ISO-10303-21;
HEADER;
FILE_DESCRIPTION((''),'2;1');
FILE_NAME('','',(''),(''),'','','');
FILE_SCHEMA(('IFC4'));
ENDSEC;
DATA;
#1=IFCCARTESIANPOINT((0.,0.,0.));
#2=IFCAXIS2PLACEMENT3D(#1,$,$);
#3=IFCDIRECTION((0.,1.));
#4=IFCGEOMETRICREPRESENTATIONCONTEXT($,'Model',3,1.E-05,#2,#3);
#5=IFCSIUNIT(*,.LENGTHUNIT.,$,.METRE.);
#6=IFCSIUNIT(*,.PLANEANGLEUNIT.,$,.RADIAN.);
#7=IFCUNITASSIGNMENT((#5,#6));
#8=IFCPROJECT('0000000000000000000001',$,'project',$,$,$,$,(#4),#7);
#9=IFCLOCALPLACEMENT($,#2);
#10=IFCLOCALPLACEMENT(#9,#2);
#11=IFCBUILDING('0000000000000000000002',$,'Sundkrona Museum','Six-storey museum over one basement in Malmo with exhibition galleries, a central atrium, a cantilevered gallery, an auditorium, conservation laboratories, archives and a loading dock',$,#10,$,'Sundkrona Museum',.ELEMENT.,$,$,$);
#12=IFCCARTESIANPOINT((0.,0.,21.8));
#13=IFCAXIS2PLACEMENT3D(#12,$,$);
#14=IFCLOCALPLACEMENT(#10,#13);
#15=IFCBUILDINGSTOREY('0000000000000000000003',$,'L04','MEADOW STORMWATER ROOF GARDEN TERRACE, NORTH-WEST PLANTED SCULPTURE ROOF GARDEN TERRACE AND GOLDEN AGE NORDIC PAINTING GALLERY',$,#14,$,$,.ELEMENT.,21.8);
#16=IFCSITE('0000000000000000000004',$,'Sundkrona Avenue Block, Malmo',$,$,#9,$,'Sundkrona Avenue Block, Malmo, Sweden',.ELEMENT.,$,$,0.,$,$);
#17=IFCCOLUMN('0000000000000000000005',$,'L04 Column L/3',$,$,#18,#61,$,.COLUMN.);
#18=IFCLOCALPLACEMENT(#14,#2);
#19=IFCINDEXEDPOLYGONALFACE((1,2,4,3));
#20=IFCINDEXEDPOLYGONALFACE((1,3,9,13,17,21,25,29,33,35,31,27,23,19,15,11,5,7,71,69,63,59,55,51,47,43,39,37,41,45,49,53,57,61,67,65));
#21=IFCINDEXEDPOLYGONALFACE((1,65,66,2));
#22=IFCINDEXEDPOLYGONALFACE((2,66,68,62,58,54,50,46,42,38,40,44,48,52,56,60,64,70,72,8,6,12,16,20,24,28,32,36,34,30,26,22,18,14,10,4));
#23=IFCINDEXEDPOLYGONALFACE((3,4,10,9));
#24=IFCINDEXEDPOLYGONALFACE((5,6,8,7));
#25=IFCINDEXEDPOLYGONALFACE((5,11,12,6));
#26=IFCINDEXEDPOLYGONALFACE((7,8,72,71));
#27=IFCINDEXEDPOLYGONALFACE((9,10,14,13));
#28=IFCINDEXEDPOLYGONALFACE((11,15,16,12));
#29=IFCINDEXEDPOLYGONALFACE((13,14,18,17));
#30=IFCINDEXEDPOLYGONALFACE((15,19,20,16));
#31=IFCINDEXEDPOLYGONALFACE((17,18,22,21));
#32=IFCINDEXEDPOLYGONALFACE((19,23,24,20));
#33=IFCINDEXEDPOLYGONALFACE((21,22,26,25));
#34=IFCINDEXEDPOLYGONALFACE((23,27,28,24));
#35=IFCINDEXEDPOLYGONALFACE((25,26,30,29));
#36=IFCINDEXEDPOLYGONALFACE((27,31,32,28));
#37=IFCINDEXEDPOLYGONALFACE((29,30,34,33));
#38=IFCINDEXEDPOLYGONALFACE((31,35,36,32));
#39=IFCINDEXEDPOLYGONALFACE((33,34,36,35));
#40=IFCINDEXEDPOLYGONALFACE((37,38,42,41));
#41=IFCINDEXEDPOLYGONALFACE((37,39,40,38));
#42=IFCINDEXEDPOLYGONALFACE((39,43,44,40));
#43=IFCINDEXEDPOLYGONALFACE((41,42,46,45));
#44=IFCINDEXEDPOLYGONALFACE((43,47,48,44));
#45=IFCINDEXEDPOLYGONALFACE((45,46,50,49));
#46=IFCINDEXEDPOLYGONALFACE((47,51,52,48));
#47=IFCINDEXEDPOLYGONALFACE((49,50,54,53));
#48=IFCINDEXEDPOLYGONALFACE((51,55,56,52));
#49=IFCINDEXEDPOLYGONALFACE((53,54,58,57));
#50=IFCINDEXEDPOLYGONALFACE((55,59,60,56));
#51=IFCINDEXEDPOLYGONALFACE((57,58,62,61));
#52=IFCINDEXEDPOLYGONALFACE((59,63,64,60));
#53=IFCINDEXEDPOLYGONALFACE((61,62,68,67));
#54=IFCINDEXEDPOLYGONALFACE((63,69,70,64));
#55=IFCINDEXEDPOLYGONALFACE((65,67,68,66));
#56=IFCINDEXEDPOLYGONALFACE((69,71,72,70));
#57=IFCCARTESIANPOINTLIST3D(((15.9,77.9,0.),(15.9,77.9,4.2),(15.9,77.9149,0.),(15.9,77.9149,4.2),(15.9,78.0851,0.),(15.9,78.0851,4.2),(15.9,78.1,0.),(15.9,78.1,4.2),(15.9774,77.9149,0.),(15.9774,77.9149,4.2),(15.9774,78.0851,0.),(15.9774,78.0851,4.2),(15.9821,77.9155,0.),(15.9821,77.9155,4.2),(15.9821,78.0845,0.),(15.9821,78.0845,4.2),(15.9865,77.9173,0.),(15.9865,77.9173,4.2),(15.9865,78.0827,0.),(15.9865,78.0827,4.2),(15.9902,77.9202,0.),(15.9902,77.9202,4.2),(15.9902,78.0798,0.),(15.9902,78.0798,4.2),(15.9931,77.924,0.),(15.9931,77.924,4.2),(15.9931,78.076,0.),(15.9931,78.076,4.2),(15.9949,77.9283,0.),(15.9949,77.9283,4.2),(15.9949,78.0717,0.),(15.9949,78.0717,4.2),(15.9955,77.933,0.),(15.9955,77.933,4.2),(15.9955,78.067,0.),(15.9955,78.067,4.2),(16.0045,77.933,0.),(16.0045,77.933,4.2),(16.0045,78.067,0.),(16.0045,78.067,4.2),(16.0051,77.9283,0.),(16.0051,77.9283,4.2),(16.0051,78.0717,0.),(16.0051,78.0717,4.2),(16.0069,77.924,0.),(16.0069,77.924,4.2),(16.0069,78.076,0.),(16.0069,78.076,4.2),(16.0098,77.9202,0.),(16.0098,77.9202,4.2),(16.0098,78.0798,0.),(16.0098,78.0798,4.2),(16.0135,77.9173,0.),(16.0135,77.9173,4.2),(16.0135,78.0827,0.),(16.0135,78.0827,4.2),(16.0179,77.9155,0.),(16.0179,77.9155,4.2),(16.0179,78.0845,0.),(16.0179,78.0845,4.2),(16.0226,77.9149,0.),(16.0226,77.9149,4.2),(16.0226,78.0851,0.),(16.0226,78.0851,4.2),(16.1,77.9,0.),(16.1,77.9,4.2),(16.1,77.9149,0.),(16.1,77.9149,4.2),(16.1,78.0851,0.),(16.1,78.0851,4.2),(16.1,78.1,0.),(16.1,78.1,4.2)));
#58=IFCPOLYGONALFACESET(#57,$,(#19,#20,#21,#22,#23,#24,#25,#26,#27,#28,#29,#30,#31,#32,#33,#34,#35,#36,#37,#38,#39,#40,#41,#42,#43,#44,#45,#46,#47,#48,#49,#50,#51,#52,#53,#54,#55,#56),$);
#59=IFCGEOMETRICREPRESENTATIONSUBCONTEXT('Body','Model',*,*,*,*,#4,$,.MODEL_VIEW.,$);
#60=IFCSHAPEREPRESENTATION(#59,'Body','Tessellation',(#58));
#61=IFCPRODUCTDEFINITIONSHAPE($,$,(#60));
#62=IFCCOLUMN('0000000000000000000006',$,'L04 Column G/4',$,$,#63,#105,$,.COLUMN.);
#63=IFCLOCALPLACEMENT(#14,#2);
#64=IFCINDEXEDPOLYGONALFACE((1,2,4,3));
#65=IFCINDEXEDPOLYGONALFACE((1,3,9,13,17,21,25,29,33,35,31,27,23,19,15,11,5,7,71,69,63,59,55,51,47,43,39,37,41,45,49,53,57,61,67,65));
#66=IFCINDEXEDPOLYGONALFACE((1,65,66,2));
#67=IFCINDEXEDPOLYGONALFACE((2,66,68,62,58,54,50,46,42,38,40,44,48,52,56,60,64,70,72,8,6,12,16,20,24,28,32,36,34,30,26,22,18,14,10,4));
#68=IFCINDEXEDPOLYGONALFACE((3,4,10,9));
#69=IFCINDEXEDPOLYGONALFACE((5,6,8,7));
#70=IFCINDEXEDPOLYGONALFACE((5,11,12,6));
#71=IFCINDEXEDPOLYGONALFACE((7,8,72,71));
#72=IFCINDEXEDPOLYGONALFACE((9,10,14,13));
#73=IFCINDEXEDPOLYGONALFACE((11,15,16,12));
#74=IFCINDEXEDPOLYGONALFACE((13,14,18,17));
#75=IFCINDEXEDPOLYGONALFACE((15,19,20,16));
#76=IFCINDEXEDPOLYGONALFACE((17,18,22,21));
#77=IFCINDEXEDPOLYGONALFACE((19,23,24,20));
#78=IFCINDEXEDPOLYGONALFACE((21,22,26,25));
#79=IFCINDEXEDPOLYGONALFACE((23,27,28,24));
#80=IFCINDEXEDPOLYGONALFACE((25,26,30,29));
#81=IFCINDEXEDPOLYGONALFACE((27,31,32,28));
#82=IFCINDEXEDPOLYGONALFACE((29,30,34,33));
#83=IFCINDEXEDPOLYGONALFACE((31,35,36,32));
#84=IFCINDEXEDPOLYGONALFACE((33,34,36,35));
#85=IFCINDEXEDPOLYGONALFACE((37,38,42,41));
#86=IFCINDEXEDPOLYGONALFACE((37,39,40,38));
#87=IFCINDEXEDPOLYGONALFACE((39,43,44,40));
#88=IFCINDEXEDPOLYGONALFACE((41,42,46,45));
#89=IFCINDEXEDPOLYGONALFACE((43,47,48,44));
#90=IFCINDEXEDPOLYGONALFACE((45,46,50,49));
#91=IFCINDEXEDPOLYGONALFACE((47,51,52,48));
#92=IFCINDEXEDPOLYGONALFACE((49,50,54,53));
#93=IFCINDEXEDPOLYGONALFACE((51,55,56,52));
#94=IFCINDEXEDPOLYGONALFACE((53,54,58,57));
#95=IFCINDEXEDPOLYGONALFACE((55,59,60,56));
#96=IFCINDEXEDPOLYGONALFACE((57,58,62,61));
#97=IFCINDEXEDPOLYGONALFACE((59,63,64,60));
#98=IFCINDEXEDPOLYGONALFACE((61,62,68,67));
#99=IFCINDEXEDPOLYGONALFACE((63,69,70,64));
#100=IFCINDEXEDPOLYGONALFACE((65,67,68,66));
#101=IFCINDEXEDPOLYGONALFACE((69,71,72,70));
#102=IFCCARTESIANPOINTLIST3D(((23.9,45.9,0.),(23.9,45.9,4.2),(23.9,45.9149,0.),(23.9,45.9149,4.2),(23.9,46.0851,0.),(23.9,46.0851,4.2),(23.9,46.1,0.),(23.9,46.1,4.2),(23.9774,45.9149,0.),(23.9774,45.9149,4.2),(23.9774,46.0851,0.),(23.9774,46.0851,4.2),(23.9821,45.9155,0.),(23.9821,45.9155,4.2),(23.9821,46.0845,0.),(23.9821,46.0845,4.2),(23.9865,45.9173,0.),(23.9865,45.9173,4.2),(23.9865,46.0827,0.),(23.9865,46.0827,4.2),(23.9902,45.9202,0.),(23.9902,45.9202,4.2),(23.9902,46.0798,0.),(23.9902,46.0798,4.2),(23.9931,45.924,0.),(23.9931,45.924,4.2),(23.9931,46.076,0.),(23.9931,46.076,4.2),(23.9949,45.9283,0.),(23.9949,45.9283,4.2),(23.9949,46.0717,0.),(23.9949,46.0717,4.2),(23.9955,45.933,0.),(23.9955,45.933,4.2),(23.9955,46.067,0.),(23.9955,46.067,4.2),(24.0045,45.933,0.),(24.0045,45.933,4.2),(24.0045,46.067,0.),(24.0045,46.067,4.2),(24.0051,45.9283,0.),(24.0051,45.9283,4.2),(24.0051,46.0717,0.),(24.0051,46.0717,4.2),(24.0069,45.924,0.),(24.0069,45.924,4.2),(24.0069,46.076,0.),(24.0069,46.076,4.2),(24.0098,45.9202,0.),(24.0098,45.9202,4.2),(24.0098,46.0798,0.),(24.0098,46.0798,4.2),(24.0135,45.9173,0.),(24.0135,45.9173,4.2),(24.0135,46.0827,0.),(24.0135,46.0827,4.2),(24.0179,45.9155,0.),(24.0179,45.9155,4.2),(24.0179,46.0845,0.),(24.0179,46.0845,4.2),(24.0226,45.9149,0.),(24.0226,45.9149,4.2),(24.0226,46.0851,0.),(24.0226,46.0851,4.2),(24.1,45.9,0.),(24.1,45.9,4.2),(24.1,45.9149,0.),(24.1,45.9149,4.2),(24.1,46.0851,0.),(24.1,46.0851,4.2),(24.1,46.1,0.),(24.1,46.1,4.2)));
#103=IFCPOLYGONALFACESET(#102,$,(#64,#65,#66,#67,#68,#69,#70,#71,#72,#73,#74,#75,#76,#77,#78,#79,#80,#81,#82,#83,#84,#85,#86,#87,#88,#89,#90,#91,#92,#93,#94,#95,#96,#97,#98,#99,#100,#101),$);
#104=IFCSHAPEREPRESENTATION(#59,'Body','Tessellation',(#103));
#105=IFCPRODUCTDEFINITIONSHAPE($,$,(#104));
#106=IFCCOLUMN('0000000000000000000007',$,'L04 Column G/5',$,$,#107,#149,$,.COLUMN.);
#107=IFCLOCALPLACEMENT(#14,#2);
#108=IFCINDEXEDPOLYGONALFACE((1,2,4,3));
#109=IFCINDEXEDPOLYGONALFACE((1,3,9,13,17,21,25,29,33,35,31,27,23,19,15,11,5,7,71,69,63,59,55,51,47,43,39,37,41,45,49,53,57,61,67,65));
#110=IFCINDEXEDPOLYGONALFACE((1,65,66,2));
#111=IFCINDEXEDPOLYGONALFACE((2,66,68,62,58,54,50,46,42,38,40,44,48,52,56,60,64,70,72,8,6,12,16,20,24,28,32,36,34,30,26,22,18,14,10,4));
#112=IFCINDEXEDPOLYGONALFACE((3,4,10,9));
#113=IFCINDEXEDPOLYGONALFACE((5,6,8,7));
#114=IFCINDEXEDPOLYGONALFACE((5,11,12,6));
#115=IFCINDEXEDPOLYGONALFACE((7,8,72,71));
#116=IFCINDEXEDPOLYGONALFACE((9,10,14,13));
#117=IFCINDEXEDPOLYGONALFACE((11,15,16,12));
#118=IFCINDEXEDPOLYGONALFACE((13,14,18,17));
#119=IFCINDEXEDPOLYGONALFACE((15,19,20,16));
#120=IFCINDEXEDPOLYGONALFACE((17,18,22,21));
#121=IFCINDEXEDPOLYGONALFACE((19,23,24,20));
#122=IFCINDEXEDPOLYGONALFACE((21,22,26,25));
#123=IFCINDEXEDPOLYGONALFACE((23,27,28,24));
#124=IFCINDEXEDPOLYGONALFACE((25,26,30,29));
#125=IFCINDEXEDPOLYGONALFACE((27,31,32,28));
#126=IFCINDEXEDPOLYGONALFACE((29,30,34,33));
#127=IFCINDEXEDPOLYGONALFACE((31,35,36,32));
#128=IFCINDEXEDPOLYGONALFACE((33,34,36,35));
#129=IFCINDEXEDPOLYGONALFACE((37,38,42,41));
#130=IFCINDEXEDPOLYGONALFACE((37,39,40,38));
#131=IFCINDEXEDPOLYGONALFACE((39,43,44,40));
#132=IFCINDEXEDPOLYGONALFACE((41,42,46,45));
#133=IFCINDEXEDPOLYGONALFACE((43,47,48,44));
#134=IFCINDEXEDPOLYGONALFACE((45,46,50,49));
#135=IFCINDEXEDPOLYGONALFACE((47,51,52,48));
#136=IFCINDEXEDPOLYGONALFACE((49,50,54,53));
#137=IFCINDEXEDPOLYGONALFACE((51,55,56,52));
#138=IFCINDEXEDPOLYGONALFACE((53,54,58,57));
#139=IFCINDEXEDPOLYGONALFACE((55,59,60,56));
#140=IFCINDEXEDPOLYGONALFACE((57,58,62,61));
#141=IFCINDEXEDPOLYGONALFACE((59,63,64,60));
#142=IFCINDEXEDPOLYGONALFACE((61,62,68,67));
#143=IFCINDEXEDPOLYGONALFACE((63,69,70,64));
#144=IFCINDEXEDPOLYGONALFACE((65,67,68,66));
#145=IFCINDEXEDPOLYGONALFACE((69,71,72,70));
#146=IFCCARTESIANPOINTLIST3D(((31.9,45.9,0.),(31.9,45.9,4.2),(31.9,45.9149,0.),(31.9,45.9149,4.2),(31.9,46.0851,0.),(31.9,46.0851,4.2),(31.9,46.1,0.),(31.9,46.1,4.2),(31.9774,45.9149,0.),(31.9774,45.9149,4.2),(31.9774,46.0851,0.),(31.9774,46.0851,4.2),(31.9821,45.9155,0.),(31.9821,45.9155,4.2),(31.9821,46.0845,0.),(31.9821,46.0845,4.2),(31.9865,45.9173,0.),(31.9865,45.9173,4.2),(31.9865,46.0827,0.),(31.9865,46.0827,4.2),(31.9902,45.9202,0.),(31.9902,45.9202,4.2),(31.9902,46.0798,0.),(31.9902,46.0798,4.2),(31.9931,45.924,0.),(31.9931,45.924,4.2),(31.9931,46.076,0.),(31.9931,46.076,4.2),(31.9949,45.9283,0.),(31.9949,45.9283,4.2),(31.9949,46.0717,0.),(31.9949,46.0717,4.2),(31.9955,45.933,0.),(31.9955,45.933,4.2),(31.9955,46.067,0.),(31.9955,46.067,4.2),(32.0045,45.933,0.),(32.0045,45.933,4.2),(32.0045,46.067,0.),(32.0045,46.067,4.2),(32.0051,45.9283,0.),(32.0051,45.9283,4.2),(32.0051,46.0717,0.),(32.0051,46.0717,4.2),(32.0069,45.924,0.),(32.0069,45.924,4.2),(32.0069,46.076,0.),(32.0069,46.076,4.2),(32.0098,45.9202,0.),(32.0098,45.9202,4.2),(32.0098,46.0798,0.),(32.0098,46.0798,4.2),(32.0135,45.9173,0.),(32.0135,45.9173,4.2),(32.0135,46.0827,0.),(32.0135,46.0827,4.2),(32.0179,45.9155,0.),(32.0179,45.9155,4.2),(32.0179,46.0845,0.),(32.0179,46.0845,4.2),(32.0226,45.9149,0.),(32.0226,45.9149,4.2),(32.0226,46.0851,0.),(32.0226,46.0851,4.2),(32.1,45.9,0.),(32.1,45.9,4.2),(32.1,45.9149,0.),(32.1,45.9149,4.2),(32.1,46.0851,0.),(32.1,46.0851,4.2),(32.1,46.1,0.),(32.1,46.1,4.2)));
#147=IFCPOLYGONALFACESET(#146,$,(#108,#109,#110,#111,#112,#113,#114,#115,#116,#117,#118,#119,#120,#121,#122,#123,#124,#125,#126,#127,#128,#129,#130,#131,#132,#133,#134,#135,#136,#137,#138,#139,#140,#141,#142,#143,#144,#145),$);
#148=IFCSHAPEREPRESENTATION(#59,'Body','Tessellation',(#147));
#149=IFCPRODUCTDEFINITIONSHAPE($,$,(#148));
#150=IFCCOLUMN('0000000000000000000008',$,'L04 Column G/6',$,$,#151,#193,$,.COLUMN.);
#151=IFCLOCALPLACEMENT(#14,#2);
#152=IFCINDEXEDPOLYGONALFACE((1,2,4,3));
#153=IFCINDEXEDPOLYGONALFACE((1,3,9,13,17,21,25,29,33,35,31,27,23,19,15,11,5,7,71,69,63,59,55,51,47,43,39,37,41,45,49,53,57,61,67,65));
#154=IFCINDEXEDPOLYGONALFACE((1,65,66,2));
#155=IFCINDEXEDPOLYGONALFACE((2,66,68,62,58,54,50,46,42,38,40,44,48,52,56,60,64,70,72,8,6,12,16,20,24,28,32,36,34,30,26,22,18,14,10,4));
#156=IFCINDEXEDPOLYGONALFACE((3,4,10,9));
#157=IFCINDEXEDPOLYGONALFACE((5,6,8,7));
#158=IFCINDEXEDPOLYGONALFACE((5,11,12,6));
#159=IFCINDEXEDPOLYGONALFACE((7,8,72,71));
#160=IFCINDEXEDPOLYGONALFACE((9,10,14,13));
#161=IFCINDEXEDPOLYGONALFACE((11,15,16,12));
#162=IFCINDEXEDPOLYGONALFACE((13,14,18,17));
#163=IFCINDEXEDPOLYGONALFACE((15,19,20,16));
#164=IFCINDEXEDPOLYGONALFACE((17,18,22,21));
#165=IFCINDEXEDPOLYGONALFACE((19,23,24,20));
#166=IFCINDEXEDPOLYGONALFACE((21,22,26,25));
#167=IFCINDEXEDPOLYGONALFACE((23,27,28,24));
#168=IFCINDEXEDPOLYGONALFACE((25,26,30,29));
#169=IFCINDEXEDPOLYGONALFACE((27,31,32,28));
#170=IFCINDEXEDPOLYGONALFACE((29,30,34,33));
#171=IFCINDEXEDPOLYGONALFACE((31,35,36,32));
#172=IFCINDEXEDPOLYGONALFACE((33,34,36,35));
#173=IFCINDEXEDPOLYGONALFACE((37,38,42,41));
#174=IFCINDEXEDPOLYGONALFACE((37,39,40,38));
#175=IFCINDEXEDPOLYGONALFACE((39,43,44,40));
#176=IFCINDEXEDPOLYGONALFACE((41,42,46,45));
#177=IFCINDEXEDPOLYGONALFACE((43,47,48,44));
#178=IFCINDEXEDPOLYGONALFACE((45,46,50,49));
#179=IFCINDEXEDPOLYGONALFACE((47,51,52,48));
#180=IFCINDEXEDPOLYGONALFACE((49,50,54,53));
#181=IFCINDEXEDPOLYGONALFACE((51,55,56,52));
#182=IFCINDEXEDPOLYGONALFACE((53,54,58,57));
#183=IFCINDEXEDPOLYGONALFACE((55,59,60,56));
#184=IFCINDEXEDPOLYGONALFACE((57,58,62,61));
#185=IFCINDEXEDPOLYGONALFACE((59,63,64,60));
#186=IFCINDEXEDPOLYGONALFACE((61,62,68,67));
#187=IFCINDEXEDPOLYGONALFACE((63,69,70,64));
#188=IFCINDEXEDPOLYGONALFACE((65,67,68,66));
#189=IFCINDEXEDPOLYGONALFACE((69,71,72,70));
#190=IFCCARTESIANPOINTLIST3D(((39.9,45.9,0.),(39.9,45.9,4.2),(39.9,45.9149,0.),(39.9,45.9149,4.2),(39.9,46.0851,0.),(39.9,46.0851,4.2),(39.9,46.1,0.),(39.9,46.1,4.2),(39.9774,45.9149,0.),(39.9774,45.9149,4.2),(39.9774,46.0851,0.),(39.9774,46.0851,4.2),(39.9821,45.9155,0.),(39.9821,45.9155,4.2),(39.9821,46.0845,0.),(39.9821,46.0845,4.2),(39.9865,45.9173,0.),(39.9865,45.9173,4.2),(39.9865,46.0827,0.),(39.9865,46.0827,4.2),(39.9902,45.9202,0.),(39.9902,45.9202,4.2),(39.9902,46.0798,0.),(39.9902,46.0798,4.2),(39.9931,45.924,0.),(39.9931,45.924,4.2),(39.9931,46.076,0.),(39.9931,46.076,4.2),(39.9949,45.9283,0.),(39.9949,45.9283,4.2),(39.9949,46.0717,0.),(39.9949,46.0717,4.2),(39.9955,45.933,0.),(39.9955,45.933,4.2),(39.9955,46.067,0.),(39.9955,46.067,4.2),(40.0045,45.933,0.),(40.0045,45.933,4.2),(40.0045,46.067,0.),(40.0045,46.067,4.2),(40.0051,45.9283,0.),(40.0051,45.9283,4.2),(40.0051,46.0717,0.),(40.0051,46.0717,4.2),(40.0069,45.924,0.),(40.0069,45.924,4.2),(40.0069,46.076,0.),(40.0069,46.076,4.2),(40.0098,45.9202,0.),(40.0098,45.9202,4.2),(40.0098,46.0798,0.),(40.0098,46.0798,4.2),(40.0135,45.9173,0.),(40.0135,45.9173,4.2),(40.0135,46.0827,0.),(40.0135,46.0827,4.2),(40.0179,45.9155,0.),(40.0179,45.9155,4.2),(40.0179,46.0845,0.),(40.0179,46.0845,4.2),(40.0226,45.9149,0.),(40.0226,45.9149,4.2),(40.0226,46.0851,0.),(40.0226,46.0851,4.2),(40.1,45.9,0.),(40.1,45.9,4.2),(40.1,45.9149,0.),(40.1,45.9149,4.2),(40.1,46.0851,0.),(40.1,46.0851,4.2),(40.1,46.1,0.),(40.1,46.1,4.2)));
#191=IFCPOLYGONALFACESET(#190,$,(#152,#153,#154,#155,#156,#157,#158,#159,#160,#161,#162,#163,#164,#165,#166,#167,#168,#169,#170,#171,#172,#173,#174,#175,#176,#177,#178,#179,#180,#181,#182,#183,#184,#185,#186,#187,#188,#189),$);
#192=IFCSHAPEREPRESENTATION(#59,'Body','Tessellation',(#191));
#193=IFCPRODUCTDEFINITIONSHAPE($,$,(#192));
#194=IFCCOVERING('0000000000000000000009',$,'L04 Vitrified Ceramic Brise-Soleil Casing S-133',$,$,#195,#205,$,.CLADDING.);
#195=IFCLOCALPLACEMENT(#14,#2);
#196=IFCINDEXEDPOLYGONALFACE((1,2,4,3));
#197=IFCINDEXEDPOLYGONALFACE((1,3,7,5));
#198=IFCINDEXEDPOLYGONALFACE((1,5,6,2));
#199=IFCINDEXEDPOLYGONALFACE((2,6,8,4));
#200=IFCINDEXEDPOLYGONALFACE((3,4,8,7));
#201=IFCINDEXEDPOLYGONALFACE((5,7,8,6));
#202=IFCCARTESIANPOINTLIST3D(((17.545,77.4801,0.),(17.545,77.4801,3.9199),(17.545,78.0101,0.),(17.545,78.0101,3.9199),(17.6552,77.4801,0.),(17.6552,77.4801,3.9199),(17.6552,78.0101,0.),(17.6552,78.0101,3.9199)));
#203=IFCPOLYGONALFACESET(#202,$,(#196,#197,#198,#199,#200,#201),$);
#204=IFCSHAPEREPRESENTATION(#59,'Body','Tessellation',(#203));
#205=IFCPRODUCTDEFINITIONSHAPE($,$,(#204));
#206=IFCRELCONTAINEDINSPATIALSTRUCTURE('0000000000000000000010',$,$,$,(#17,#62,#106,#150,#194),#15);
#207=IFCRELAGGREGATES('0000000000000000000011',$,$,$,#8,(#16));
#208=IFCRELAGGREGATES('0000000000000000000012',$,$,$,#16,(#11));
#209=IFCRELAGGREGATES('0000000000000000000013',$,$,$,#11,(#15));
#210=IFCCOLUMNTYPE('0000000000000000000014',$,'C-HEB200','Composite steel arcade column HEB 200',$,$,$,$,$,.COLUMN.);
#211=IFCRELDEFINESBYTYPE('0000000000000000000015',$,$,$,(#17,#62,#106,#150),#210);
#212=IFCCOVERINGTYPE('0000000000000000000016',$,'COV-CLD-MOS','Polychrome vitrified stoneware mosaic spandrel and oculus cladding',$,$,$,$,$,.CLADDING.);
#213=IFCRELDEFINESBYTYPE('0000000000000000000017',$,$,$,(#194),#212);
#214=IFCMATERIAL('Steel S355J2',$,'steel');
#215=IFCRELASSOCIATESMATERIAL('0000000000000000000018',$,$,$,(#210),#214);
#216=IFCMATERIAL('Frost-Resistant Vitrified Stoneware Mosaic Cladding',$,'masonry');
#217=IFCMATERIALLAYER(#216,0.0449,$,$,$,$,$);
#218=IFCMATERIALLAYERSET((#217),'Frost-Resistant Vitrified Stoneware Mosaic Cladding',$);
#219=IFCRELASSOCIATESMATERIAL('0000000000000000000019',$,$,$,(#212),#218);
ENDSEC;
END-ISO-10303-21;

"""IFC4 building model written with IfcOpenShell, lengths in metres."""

from ifc_helpers import new_model, si_unit, direction, frame, origin, origin_2d, place, context, subcontext, project, spatial, rectangle, i_section, extrude, material, layer, layer_set, material_profile, profile_set, type_object, element, save


model = new_model("IFC4")

# Units and contexts
model_context = context("Model", 3, precision=1e-05, world=origin(), true_north=direction((0.0, 1.0)))
body_context = subcontext(model_context, "Body", "Model", "MODEL_VIEW")
ifc_project = project(units=[si_unit("LENGTHUNIT", "METRE"), si_unit("PLANEANGLEUNIT", "RADIAN")], contexts=[model_context])

# Site, building, storey
site_placement = place(None, origin())
site = spatial("IfcSite", under=ifc_project, at=site_placement, Name="Sundkrona Avenue Block, Malmo", LongName="Sundkrona Avenue Block, Malmo, Sweden", CompositionType="ELEMENT", RefElevation=0.0)
building_placement = place(site_placement, origin())
building = spatial("IfcBuilding", under=site, at=building_placement, Name="Sundkrona Museum", Description="Six-storey museum over one basement in Malmo with exhibition galleries, a central atrium, a cantilevered gallery, an auditorium, conservation laboratories, archives and a loading dock", LongName="Sundkrona Museum", CompositionType="ELEMENT")
storey_placement = place(building_placement, frame((0.0, 0.0, 21.8)))
storey = spatial("IfcBuildingStorey", under=building, at=storey_placement, Name="L04", Description="MEADOW STORMWATER ROOF GARDEN TERRACE, NORTH-WEST PLANTED SCULPTURE ROOF GARDEN TERRACE AND GOLDEN AGE NORDIC PAINTING GALLERY", CompositionType="ELEMENT", Elevation=21.8)

# Columns
ifc_material_1 = material(Name="Steel S355J2", Category="steel")
ifc_material_profile = material_profile(ifc_material_1, i_section(OverallWidth=0.2, OverallDepth=0.2, WebThickness=0.009, FlangeThickness=0.0149, FilletRadius=0.0181, at=origin_2d()), Name="HEB 200")
ifc_profile_set = profile_set([ifc_material_profile], Name="Steel S355J2")
column_type = type_object("IfcColumnType", Name="C-HEB200", Description="Composite steel arcade column HEB 200", PredefinedType="COLUMN", material=ifc_profile_set)
for number, where, z_axis, x_axis, name in (
    (1, (16.0, 78.0, 0.0), (0.0, 0.0, 1.0), (1.0, 0.0, 0.0), "L04 Column L/3"),
    (2, (24.0, 46.0, 0.0), (0.0, 0.0, 1.0), (1.0, 0.0, 0.0), "L04 Column G/4"),
    (3, (32.0, 46.0, 0.0), (0.0, 0.0, 1.0), (1.0, 0.0, 0.0), "L04 Column G/5"),
    (4, (40.0, 46.0, 0.0), (0.0, 0.0, 1.0), (1.0, 0.0, 0.0), "L04 Column G/6"),
):
    element("IfcColumn", number, at=place(storey_placement, frame(where, z_axis=z_axis, x_axis=x_axis)), inside=storey, type_object=column_type, Name=name, PredefinedType="COLUMN", context=body_context, shape_type="SweptSolid", body=[
        extrude(i_section(OverallWidth=0.2, OverallDepth=0.2, WebThickness=0.009, FlangeThickness=0.0149, FilletRadius=0.0181, at=origin_2d()), origin(), (0.0, 0.0, 1.0), 4.2),
    ])

# Covering
ifc_material_2 = material(Name="Frost-Resistant Vitrified Stoneware Mosaic Cladding", Category="masonry")
ifc_layer_1 = layer(ifc_material_2, 0.0449)
ifc_layer_set_1 = layer_set([ifc_layer_1], Name="Frost-Resistant Vitrified Stoneware Mosaic Cladding")
covering_type_1 = type_object("IfcCoveringType", Name="COV-CLD-MOS", Description="Polychrome vitrified stoneware mosaic spandrel and oculus cladding", PredefinedType="CLADDING", material=ifc_layer_set_1)
for number, where, z_axis, x_axis, name in (
    (5, (17.6001, 77.7451, 0.0), (0.0, 0.0, 1.0), (1.0, 0.0, 0.0), "L04 Vitrified Ceramic Brise-Soleil Casing S-133"),
):
    element("IfcCovering", number, at=place(storey_placement, frame(where, z_axis=z_axis, x_axis=x_axis)), inside=storey, type_object=covering_type_1, Name=name, PredefinedType="CLADDING", context=body_context, shape_type="SweptSolid", body=[
        extrude(rectangle(XDim=0.1101, YDim=0.53, at=origin_2d()), origin(), (0.0, 0.0, 1.0), 3.9199),
    ])

save(model, "model.ifc")
